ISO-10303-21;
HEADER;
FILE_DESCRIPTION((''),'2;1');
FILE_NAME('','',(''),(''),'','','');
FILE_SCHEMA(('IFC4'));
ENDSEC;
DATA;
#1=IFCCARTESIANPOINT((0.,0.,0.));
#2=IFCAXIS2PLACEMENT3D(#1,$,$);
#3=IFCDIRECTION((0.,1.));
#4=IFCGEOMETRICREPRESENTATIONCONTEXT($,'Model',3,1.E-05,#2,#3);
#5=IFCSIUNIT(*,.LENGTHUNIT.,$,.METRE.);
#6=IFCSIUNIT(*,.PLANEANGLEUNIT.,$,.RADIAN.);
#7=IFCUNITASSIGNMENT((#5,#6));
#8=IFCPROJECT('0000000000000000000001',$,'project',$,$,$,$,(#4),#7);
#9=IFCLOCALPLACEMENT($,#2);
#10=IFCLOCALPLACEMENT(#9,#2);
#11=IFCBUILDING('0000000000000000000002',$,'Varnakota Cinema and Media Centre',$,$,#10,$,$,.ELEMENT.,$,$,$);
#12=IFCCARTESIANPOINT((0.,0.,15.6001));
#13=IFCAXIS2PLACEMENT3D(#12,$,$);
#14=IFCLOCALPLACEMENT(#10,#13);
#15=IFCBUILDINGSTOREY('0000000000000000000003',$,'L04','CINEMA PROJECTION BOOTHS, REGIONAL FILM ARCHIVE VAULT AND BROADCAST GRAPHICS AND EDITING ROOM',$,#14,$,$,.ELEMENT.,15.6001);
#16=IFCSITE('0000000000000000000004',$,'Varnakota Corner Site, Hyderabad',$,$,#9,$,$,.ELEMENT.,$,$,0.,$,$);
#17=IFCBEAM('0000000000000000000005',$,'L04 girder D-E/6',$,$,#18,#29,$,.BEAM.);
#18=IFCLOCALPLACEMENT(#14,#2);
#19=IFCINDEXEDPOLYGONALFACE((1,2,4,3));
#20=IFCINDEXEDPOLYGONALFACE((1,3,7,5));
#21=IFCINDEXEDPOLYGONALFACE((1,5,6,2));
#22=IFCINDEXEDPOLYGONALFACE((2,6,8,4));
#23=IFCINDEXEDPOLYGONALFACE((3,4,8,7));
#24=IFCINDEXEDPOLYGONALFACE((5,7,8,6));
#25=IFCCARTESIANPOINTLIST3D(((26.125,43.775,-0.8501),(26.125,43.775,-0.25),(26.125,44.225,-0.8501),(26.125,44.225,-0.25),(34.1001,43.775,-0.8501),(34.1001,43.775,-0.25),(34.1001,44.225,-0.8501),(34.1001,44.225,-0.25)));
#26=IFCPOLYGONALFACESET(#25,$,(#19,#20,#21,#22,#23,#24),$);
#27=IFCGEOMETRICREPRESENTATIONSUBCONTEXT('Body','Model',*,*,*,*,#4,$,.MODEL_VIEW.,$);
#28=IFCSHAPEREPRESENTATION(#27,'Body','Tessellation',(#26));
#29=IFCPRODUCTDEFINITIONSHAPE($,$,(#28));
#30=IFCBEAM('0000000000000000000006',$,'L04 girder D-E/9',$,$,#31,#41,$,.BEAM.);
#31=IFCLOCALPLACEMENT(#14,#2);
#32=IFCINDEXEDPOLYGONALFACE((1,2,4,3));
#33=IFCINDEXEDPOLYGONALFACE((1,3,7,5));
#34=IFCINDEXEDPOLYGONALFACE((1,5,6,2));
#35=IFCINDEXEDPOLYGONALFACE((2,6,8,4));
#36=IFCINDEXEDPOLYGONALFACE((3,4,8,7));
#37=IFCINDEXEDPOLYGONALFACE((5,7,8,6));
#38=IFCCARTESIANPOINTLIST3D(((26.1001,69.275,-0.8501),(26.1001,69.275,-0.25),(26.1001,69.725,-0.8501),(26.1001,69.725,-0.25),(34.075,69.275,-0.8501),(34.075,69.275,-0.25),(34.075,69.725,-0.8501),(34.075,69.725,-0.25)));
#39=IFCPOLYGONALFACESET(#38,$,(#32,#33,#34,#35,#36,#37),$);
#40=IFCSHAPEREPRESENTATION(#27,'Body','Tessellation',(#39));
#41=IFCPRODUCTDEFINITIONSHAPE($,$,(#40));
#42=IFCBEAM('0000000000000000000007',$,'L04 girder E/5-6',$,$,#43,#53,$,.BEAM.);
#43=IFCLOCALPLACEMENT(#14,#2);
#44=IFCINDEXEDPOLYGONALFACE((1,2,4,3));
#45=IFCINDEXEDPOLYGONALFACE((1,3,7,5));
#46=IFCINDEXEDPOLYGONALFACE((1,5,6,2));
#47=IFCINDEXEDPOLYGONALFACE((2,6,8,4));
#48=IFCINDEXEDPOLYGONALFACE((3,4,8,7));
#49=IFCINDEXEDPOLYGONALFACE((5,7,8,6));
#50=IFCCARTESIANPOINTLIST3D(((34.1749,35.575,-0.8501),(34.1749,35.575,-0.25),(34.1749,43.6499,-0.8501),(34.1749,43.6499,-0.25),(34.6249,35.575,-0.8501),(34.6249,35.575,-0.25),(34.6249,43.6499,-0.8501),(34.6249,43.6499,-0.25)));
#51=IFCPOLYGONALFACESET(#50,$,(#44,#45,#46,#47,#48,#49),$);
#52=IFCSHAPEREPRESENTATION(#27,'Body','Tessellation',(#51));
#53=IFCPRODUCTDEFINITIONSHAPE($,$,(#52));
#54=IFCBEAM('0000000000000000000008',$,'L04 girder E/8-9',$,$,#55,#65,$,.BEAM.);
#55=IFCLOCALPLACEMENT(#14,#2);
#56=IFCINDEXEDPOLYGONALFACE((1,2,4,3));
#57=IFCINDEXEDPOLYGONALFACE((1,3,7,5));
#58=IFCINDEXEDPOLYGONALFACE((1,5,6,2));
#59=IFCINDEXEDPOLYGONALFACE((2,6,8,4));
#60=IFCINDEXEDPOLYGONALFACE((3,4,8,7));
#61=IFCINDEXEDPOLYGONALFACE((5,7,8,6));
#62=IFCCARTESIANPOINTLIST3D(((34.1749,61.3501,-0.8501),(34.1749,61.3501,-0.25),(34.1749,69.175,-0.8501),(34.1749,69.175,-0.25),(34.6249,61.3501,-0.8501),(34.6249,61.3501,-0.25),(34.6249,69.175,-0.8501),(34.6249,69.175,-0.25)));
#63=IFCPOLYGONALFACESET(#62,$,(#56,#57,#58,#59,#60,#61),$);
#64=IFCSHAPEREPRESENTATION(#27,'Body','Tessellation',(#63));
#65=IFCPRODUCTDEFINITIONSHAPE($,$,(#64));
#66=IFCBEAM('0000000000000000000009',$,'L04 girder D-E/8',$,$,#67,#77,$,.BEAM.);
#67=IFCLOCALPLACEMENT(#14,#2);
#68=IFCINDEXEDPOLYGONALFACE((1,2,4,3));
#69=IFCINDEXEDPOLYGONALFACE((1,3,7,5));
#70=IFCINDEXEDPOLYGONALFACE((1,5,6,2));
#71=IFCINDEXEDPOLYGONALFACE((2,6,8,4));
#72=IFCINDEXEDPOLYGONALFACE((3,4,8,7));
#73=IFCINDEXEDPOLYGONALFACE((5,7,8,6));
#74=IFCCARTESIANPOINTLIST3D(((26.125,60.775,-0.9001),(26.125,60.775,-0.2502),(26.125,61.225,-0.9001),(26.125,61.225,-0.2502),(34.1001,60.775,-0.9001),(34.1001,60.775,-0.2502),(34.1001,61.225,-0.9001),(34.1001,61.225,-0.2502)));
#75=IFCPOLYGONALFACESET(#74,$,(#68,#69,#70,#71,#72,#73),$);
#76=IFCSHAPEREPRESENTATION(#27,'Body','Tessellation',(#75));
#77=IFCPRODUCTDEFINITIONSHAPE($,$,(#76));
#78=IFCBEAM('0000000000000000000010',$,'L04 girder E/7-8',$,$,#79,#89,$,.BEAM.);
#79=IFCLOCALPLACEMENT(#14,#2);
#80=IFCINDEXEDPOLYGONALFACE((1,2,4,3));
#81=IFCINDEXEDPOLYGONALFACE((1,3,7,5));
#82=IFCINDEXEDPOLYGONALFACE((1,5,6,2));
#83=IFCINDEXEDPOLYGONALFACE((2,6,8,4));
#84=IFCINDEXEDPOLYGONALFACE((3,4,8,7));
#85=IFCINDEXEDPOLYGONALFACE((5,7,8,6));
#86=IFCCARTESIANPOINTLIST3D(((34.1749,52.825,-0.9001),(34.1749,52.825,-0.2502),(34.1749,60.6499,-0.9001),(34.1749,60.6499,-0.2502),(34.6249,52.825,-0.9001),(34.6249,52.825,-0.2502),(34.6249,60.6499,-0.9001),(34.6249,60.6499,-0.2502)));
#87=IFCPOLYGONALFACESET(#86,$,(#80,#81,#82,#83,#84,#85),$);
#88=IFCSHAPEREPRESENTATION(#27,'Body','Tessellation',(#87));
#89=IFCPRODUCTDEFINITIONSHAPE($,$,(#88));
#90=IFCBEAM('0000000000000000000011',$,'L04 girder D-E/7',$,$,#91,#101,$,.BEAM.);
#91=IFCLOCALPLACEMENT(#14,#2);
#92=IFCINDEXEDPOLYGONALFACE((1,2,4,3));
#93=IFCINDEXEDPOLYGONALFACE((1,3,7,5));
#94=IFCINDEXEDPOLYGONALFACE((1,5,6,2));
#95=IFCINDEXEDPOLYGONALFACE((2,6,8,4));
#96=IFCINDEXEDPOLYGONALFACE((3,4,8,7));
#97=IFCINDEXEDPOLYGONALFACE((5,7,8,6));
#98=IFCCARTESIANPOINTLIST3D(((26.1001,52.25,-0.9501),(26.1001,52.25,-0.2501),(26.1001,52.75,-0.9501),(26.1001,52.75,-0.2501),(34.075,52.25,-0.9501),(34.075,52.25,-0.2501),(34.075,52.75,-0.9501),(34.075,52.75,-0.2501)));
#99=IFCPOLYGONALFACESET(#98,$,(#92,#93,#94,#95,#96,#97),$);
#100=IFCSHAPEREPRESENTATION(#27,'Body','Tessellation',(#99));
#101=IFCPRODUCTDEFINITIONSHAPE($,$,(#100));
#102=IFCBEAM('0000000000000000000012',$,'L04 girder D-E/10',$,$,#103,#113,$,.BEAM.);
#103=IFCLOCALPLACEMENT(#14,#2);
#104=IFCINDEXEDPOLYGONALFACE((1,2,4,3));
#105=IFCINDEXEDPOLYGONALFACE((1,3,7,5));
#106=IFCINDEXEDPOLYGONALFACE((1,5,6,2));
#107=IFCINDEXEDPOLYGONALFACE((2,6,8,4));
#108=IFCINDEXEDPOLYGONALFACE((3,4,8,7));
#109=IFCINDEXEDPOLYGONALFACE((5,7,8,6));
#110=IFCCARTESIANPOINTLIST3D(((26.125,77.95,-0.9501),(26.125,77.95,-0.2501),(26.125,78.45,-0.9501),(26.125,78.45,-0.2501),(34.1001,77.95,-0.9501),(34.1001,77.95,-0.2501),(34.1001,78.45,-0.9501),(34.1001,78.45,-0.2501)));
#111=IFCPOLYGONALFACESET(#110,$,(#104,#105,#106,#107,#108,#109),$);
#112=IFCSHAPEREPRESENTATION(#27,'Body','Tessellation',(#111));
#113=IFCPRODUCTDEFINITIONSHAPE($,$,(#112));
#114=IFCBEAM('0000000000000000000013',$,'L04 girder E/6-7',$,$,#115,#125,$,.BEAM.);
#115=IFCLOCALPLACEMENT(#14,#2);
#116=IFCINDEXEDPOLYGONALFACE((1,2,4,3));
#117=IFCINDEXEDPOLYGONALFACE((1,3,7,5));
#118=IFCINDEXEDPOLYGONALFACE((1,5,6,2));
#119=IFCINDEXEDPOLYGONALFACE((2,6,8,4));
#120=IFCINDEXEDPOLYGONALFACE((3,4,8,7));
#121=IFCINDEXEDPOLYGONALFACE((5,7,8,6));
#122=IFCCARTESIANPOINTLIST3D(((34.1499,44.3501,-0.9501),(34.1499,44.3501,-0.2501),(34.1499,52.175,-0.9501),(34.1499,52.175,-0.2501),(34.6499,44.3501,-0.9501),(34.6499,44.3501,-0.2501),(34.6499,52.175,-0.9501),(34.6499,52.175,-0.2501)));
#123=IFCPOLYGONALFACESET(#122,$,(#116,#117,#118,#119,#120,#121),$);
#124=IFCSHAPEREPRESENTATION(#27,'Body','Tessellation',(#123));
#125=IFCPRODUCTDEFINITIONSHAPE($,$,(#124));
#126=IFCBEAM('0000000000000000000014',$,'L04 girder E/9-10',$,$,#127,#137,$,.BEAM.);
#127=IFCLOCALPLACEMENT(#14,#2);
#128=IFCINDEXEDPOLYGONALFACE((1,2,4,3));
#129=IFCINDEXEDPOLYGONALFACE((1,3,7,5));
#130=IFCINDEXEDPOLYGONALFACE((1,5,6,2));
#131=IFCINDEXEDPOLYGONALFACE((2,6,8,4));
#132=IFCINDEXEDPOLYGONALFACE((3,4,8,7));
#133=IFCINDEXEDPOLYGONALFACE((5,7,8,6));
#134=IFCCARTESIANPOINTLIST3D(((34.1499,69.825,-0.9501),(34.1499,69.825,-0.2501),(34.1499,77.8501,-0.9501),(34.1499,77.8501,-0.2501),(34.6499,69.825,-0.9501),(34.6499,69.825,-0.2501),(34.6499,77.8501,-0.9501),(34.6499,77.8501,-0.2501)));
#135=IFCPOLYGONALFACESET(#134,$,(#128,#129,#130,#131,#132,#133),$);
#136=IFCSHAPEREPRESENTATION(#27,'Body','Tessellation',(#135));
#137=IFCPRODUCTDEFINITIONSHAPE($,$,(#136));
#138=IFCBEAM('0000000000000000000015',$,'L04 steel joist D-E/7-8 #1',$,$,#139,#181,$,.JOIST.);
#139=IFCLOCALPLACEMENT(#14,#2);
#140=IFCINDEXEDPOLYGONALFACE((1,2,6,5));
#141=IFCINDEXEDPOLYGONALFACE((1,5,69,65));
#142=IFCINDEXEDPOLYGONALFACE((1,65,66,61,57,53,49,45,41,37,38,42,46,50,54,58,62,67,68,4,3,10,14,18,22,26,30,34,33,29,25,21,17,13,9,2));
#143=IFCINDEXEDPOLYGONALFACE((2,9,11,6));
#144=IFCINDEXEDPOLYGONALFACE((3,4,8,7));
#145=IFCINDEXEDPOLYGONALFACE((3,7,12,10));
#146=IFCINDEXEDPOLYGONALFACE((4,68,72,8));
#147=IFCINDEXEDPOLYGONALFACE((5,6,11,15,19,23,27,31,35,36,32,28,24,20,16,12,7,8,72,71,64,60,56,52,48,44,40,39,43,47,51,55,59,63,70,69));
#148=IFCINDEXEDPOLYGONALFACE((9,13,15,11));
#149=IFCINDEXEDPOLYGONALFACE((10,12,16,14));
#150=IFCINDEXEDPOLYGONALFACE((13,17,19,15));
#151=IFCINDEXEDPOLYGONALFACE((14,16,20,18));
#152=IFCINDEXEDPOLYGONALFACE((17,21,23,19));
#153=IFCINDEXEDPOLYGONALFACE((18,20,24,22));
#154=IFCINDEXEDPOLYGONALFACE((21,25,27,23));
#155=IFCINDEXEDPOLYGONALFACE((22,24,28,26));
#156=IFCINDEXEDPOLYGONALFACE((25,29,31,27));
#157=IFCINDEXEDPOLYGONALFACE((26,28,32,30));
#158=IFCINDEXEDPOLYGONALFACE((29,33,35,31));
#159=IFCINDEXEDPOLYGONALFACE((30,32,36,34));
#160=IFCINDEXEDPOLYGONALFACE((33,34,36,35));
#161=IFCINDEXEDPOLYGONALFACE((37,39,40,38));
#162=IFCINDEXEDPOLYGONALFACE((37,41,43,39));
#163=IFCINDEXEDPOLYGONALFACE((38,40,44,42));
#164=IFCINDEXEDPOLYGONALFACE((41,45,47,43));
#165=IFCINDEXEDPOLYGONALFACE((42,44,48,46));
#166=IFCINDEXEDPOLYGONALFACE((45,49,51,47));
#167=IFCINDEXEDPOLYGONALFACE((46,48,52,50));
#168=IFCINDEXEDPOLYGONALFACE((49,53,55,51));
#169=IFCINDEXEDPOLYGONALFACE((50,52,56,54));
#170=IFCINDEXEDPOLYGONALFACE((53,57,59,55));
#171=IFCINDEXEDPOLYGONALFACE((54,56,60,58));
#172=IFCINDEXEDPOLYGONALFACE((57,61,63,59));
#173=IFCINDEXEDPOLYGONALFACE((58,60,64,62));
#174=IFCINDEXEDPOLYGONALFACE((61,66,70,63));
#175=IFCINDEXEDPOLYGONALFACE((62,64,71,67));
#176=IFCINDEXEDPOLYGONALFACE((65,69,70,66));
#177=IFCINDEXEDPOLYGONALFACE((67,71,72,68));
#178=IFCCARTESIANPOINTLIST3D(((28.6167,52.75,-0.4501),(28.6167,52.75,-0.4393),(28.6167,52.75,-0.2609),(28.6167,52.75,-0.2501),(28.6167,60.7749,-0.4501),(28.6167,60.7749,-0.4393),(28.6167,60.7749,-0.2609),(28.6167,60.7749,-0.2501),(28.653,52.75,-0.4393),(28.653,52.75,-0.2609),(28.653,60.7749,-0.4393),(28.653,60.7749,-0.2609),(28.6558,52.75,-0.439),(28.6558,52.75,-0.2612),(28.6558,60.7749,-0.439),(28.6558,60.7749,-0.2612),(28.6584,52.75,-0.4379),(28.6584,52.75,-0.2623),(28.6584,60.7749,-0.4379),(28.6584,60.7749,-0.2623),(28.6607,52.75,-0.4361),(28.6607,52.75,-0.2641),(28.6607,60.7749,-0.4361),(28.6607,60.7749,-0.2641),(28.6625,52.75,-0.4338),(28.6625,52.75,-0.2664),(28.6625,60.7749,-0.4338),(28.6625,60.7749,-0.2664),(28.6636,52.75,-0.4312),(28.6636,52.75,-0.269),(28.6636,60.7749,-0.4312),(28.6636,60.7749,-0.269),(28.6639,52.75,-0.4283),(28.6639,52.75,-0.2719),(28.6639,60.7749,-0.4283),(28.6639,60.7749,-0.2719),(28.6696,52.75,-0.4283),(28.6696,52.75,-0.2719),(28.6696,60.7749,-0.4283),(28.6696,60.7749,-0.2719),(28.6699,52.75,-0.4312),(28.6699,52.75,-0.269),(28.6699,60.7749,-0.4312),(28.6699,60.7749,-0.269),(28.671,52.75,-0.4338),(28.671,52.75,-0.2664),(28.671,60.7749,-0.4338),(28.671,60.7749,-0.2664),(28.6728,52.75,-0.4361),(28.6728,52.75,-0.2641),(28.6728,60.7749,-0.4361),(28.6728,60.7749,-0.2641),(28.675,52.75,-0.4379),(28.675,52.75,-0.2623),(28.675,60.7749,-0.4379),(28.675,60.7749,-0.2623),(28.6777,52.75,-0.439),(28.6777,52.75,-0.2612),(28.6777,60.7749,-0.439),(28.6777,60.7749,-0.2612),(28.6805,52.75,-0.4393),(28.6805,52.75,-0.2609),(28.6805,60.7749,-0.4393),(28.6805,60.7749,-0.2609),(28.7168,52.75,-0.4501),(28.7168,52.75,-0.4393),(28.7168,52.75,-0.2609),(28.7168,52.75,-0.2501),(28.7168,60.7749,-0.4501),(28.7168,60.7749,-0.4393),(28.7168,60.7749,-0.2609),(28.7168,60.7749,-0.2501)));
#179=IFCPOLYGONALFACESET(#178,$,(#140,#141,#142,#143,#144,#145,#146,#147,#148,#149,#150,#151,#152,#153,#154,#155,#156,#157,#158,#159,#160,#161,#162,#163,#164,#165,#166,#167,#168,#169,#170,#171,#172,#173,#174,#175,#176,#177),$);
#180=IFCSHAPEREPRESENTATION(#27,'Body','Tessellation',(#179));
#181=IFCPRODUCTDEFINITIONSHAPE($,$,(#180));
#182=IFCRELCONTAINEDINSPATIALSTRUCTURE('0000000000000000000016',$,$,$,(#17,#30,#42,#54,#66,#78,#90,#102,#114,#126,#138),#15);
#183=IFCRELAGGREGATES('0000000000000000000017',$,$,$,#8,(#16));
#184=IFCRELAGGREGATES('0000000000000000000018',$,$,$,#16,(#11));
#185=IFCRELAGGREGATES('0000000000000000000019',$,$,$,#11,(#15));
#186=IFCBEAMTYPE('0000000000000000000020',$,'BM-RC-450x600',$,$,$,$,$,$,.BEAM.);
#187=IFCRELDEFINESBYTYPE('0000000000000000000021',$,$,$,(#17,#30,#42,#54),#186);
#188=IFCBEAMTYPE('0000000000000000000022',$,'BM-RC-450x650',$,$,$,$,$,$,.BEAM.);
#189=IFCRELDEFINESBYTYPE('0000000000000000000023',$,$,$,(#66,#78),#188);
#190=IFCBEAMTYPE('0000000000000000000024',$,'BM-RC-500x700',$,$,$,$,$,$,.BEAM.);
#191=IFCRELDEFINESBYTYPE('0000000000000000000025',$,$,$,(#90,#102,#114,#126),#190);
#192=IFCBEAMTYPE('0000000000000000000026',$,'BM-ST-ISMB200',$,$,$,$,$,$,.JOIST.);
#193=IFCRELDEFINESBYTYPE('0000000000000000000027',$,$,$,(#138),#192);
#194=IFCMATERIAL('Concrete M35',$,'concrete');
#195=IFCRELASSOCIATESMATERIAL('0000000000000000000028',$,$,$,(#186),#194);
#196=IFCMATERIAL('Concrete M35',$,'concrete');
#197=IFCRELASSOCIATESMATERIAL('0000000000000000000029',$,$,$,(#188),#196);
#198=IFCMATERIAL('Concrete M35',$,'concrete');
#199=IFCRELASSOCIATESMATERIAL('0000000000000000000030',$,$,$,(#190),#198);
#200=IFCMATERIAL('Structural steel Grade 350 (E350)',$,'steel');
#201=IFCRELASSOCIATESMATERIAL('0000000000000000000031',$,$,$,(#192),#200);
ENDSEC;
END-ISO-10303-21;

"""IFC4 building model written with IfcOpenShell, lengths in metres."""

from ifc_helpers import new_model, si_unit, direction, frame, origin, origin_2d, place, context, subcontext, project, spatial, rectangle, i_section, extrude, material, material_profile, profile_set, type_object, element, save


model = new_model("IFC4")

# Units and contexts
model_context = context("Model", 3, precision=1e-05, world=origin(), true_north=direction((0.0, 1.0)))
body_context = subcontext(model_context, "Body", "Model", "MODEL_VIEW")
ifc_project = project(units=[si_unit("LENGTHUNIT", "METRE"), si_unit("PLANEANGLEUNIT", "RADIAN")], contexts=[model_context])

# Site, building, storey
site_placement = place(None, origin())
site = spatial("IfcSite", under=ifc_project, at=site_placement, Name="Varnakota Corner Site, Hyderabad", CompositionType="ELEMENT", RefElevation=0.0)
building_placement = place(site_placement, origin())
building = spatial("IfcBuilding", under=site, at=building_placement, Name="Varnakota Cinema and Media Centre", CompositionType="ELEMENT")
storey_placement = place(building_placement, frame((0.0, 0.0, 15.6001)))
storey = spatial("IfcBuildingStorey", under=building, at=storey_placement, Name="L04", Description="CINEMA PROJECTION BOOTHS, REGIONAL FILM ARCHIVE VAULT AND BROADCAST GRAPHICS AND EDITING ROOM", CompositionType="ELEMENT", Elevation=15.6001)

# Beams
ifc_material_1 = material(Name="Concrete M35", Category="concrete")
ifc_material_profile_1 = material_profile(ifc_material_1, rectangle(XDim=0.45, YDim=0.6001, at=origin_2d()), Name="RCB 450x600")
ifc_profile_set_1 = profile_set([ifc_material_profile_1], Name="Concrete M35")
beam_type_1 = type_object("IfcBeamType", Name="BM-RC-450x600", PredefinedType="BEAM", material=ifc_profile_set_1)
beam_1_placement = place(storey_placement, frame((26.125, 44.0, -0.55), z_axis=(1.0, 0.0, 0.0), x_axis=(0.0, 1.0, 0.0)))
element("IfcBeam", 1, at=beam_1_placement, inside=storey, type_object=beam_type_1, Name="L04 girder D-E/6", PredefinedType="BEAM", context=body_context, shape_type="SweptSolid", body=[
    extrude(rectangle(XDim=0.45, YDim=0.6001, at=origin_2d()), origin(), (0.0, 0.0, 1.0), 7.9751),
])
beam_2_placement = place(storey_placement, frame((26.1001, 69.5, -0.55), z_axis=(1.0, 0.0, 0.0), x_axis=(0.0, 1.0, 0.0)))
element("IfcBeam", 2, at=beam_2_placement, inside=storey, type_object=beam_type_1, Name="L04 girder D-E/9", PredefinedType="BEAM", context=body_context, shape_type="SweptSolid", body=[
    extrude(rectangle(XDim=0.45, YDim=0.6001, at=origin_2d()), origin(), (0.0, 0.0, 1.0), 7.9749),
])
beam_3_placement = place(storey_placement, frame((34.3999, 35.575, -0.55), z_axis=(0.0, 1.0, 0.0), x_axis=(-1.0, 0.0, 0.0)))
element("IfcBeam", 3, at=beam_3_placement, inside=storey, type_object=beam_type_1, Name="L04 girder E/5-6", PredefinedType="BEAM", context=body_context, shape_type="SweptSolid", body=[
    extrude(rectangle(XDim=0.45, YDim=0.6001, at=origin_2d()), origin(), (0.0, 0.0, 1.0), 8.075),
])
beam_4_placement = place(storey_placement, frame((34.3999, 61.3501, -0.55), z_axis=(0.0, 1.0, 0.0), x_axis=(-1.0, 0.0, 0.0)))
element("IfcBeam", 4, at=beam_4_placement, inside=storey, type_object=beam_type_1, Name="L04 girder E/8-9", PredefinedType="BEAM", context=body_context, shape_type="SweptSolid", body=[
    extrude(rectangle(XDim=0.45, YDim=0.6001, at=origin_2d()), origin(), (0.0, 0.0, 1.0), 7.825),
])
ifc_material_2 = material(Name="Concrete M35", Category="concrete")
ifc_material_profile_2 = material_profile(ifc_material_2, rectangle(XDim=0.45, YDim=0.6499, at=origin_2d()), Name="RCB 450x650")
ifc_profile_set_2 = profile_set([ifc_material_profile_2], Name="Concrete M35")
beam_type_2 = type_object("IfcBeamType", Name="BM-RC-450x650", PredefinedType="BEAM", material=ifc_profile_set_2)
beam_5_placement = place(storey_placement, frame((26.125, 61.0, -0.5752), z_axis=(1.0, 0.0, 0.0), x_axis=(0.0, 1.0, 0.0)))
element("IfcBeam", 5, at=beam_5_placement, inside=storey, type_object=beam_type_2, Name="L04 girder D-E/8", PredefinedType="BEAM", context=body_context, shape_type="SweptSolid", body=[
    extrude(rectangle(XDim=0.45, YDim=0.6499, at=origin_2d()), origin(), (0.0, 0.0, 1.0), 7.9751),
])
beam_6_placement = place(storey_placement, frame((34.3999, 52.825, -0.5752), z_axis=(0.0, 1.0, 0.0), x_axis=(-1.0, 0.0, 0.0)))
element("IfcBeam", 6, at=beam_6_placement, inside=storey, type_object=beam_type_2, Name="L04 girder E/7-8", PredefinedType="BEAM", context=body_context, shape_type="SweptSolid", body=[
    extrude(rectangle(XDim=0.45, YDim=0.6499, at=origin_2d()), origin(), (0.0, 0.0, 1.0), 7.825),
])
ifc_material_3 = material(Name="Concrete M35", Category="concrete")
ifc_material_profile_3 = material_profile(ifc_material_3, rectangle(XDim=0.5, YDim=0.7, at=origin_2d()), Name="RCB 500x700")
ifc_profile_set_3 = profile_set([ifc_material_profile_3], Name="Concrete M35")
beam_type_3 = type_object("IfcBeamType", Name="BM-RC-500x700", PredefinedType="BEAM", material=ifc_profile_set_3)
beam_7_placement = place(storey_placement, frame((26.1001, 52.5, -0.6001), z_axis=(1.0, 0.0, 0.0), x_axis=(0.0, 1.0, 0.0)))
element("IfcBeam", 7, at=beam_7_placement, inside=storey, type_object=beam_type_3, Name="L04 girder D-E/7", PredefinedType="BEAM", context=body_context, shape_type="SweptSolid", body=[
    extrude(rectangle(XDim=0.5, YDim=0.7, at=origin_2d()), origin(), (0.0, 0.0, 1.0), 7.9749),
])
beam_8_placement = place(storey_placement, frame((26.125, 78.2, -0.6001), z_axis=(1.0, 0.0, 0.0), x_axis=(0.0, 1.0, 0.0)))
element("IfcBeam", 8, at=beam_8_placement, inside=storey, type_object=beam_type_3, Name="L04 girder D-E/10", PredefinedType="BEAM", context=body_context, shape_type="SweptSolid", body=[
    extrude(rectangle(XDim=0.5, YDim=0.7, at=origin_2d()), origin(), (0.0, 0.0, 1.0), 7.9751),
])
beam_9_placement = place(storey_placement, frame((34.3999, 44.3501, -0.6001), z_axis=(0.0, 1.0, 0.0), x_axis=(-1.0, 0.0, 0.0)))
element("IfcBeam", 9, at=beam_9_placement, inside=storey, type_object=beam_type_3, Name="L04 girder E/6-7", PredefinedType="BEAM", context=body_context, shape_type="SweptSolid", body=[
    extrude(rectangle(XDim=0.5, YDim=0.7, at=origin_2d()), origin(), (0.0, 0.0, 1.0), 7.825),
])
beam_10_placement = place(storey_placement, frame((34.3999, 69.825, -0.6001), z_axis=(0.0, 1.0, 0.0), x_axis=(-1.0, 0.0, 0.0)))
element("IfcBeam", 10, at=beam_10_placement, inside=storey, type_object=beam_type_3, Name="L04 girder E/9-10", PredefinedType="BEAM", context=body_context, shape_type="SweptSolid", body=[
    extrude(rectangle(XDim=0.5, YDim=0.7, at=origin_2d()), origin(), (0.0, 0.0, 1.0), 8.0251),
])
ifc_material_4 = material(Name="Structural steel Grade 350 (E350)", Category="steel")
ifc_material_profile_4 = material_profile(ifc_material_4, i_section(OverallWidth=0.1001, OverallDepth=0.2, WebThickness=0.0056, FlangeThickness=0.0107, FilletRadius=0.011, at=origin_2d()), Name="ISMB 200")
ifc_profile_set_4 = profile_set([ifc_material_profile_4], Name="Structural steel Grade 350 (E350)")
beam_type_4 = type_object("IfcBeamType", Name="BM-ST-ISMB200", PredefinedType="JOIST", material=ifc_profile_set_4)
for number, where, z_axis, x_axis, name in (
    (11, (28.6667, 52.75, -0.3501), (0.0, 1.0, 0.0), (-1.0, 0.0, 0.0), "L04 steel joist D-E/7-8 #1"),
):
    element("IfcBeam", number, at=place(storey_placement, frame(where, z_axis=z_axis, x_axis=x_axis)), inside=storey, type_object=beam_type_4, Name=name, PredefinedType="JOIST", context=body_context, shape_type="SweptSolid", body=[
        extrude(i_section(OverallWidth=0.1001, OverallDepth=0.2, WebThickness=0.0056, FlangeThickness=0.0107, FilletRadius=0.011, at=origin_2d()), origin(), (0.0, 0.0, 1.0), 8.0249),
    ])

save(model, "model.ifc")
